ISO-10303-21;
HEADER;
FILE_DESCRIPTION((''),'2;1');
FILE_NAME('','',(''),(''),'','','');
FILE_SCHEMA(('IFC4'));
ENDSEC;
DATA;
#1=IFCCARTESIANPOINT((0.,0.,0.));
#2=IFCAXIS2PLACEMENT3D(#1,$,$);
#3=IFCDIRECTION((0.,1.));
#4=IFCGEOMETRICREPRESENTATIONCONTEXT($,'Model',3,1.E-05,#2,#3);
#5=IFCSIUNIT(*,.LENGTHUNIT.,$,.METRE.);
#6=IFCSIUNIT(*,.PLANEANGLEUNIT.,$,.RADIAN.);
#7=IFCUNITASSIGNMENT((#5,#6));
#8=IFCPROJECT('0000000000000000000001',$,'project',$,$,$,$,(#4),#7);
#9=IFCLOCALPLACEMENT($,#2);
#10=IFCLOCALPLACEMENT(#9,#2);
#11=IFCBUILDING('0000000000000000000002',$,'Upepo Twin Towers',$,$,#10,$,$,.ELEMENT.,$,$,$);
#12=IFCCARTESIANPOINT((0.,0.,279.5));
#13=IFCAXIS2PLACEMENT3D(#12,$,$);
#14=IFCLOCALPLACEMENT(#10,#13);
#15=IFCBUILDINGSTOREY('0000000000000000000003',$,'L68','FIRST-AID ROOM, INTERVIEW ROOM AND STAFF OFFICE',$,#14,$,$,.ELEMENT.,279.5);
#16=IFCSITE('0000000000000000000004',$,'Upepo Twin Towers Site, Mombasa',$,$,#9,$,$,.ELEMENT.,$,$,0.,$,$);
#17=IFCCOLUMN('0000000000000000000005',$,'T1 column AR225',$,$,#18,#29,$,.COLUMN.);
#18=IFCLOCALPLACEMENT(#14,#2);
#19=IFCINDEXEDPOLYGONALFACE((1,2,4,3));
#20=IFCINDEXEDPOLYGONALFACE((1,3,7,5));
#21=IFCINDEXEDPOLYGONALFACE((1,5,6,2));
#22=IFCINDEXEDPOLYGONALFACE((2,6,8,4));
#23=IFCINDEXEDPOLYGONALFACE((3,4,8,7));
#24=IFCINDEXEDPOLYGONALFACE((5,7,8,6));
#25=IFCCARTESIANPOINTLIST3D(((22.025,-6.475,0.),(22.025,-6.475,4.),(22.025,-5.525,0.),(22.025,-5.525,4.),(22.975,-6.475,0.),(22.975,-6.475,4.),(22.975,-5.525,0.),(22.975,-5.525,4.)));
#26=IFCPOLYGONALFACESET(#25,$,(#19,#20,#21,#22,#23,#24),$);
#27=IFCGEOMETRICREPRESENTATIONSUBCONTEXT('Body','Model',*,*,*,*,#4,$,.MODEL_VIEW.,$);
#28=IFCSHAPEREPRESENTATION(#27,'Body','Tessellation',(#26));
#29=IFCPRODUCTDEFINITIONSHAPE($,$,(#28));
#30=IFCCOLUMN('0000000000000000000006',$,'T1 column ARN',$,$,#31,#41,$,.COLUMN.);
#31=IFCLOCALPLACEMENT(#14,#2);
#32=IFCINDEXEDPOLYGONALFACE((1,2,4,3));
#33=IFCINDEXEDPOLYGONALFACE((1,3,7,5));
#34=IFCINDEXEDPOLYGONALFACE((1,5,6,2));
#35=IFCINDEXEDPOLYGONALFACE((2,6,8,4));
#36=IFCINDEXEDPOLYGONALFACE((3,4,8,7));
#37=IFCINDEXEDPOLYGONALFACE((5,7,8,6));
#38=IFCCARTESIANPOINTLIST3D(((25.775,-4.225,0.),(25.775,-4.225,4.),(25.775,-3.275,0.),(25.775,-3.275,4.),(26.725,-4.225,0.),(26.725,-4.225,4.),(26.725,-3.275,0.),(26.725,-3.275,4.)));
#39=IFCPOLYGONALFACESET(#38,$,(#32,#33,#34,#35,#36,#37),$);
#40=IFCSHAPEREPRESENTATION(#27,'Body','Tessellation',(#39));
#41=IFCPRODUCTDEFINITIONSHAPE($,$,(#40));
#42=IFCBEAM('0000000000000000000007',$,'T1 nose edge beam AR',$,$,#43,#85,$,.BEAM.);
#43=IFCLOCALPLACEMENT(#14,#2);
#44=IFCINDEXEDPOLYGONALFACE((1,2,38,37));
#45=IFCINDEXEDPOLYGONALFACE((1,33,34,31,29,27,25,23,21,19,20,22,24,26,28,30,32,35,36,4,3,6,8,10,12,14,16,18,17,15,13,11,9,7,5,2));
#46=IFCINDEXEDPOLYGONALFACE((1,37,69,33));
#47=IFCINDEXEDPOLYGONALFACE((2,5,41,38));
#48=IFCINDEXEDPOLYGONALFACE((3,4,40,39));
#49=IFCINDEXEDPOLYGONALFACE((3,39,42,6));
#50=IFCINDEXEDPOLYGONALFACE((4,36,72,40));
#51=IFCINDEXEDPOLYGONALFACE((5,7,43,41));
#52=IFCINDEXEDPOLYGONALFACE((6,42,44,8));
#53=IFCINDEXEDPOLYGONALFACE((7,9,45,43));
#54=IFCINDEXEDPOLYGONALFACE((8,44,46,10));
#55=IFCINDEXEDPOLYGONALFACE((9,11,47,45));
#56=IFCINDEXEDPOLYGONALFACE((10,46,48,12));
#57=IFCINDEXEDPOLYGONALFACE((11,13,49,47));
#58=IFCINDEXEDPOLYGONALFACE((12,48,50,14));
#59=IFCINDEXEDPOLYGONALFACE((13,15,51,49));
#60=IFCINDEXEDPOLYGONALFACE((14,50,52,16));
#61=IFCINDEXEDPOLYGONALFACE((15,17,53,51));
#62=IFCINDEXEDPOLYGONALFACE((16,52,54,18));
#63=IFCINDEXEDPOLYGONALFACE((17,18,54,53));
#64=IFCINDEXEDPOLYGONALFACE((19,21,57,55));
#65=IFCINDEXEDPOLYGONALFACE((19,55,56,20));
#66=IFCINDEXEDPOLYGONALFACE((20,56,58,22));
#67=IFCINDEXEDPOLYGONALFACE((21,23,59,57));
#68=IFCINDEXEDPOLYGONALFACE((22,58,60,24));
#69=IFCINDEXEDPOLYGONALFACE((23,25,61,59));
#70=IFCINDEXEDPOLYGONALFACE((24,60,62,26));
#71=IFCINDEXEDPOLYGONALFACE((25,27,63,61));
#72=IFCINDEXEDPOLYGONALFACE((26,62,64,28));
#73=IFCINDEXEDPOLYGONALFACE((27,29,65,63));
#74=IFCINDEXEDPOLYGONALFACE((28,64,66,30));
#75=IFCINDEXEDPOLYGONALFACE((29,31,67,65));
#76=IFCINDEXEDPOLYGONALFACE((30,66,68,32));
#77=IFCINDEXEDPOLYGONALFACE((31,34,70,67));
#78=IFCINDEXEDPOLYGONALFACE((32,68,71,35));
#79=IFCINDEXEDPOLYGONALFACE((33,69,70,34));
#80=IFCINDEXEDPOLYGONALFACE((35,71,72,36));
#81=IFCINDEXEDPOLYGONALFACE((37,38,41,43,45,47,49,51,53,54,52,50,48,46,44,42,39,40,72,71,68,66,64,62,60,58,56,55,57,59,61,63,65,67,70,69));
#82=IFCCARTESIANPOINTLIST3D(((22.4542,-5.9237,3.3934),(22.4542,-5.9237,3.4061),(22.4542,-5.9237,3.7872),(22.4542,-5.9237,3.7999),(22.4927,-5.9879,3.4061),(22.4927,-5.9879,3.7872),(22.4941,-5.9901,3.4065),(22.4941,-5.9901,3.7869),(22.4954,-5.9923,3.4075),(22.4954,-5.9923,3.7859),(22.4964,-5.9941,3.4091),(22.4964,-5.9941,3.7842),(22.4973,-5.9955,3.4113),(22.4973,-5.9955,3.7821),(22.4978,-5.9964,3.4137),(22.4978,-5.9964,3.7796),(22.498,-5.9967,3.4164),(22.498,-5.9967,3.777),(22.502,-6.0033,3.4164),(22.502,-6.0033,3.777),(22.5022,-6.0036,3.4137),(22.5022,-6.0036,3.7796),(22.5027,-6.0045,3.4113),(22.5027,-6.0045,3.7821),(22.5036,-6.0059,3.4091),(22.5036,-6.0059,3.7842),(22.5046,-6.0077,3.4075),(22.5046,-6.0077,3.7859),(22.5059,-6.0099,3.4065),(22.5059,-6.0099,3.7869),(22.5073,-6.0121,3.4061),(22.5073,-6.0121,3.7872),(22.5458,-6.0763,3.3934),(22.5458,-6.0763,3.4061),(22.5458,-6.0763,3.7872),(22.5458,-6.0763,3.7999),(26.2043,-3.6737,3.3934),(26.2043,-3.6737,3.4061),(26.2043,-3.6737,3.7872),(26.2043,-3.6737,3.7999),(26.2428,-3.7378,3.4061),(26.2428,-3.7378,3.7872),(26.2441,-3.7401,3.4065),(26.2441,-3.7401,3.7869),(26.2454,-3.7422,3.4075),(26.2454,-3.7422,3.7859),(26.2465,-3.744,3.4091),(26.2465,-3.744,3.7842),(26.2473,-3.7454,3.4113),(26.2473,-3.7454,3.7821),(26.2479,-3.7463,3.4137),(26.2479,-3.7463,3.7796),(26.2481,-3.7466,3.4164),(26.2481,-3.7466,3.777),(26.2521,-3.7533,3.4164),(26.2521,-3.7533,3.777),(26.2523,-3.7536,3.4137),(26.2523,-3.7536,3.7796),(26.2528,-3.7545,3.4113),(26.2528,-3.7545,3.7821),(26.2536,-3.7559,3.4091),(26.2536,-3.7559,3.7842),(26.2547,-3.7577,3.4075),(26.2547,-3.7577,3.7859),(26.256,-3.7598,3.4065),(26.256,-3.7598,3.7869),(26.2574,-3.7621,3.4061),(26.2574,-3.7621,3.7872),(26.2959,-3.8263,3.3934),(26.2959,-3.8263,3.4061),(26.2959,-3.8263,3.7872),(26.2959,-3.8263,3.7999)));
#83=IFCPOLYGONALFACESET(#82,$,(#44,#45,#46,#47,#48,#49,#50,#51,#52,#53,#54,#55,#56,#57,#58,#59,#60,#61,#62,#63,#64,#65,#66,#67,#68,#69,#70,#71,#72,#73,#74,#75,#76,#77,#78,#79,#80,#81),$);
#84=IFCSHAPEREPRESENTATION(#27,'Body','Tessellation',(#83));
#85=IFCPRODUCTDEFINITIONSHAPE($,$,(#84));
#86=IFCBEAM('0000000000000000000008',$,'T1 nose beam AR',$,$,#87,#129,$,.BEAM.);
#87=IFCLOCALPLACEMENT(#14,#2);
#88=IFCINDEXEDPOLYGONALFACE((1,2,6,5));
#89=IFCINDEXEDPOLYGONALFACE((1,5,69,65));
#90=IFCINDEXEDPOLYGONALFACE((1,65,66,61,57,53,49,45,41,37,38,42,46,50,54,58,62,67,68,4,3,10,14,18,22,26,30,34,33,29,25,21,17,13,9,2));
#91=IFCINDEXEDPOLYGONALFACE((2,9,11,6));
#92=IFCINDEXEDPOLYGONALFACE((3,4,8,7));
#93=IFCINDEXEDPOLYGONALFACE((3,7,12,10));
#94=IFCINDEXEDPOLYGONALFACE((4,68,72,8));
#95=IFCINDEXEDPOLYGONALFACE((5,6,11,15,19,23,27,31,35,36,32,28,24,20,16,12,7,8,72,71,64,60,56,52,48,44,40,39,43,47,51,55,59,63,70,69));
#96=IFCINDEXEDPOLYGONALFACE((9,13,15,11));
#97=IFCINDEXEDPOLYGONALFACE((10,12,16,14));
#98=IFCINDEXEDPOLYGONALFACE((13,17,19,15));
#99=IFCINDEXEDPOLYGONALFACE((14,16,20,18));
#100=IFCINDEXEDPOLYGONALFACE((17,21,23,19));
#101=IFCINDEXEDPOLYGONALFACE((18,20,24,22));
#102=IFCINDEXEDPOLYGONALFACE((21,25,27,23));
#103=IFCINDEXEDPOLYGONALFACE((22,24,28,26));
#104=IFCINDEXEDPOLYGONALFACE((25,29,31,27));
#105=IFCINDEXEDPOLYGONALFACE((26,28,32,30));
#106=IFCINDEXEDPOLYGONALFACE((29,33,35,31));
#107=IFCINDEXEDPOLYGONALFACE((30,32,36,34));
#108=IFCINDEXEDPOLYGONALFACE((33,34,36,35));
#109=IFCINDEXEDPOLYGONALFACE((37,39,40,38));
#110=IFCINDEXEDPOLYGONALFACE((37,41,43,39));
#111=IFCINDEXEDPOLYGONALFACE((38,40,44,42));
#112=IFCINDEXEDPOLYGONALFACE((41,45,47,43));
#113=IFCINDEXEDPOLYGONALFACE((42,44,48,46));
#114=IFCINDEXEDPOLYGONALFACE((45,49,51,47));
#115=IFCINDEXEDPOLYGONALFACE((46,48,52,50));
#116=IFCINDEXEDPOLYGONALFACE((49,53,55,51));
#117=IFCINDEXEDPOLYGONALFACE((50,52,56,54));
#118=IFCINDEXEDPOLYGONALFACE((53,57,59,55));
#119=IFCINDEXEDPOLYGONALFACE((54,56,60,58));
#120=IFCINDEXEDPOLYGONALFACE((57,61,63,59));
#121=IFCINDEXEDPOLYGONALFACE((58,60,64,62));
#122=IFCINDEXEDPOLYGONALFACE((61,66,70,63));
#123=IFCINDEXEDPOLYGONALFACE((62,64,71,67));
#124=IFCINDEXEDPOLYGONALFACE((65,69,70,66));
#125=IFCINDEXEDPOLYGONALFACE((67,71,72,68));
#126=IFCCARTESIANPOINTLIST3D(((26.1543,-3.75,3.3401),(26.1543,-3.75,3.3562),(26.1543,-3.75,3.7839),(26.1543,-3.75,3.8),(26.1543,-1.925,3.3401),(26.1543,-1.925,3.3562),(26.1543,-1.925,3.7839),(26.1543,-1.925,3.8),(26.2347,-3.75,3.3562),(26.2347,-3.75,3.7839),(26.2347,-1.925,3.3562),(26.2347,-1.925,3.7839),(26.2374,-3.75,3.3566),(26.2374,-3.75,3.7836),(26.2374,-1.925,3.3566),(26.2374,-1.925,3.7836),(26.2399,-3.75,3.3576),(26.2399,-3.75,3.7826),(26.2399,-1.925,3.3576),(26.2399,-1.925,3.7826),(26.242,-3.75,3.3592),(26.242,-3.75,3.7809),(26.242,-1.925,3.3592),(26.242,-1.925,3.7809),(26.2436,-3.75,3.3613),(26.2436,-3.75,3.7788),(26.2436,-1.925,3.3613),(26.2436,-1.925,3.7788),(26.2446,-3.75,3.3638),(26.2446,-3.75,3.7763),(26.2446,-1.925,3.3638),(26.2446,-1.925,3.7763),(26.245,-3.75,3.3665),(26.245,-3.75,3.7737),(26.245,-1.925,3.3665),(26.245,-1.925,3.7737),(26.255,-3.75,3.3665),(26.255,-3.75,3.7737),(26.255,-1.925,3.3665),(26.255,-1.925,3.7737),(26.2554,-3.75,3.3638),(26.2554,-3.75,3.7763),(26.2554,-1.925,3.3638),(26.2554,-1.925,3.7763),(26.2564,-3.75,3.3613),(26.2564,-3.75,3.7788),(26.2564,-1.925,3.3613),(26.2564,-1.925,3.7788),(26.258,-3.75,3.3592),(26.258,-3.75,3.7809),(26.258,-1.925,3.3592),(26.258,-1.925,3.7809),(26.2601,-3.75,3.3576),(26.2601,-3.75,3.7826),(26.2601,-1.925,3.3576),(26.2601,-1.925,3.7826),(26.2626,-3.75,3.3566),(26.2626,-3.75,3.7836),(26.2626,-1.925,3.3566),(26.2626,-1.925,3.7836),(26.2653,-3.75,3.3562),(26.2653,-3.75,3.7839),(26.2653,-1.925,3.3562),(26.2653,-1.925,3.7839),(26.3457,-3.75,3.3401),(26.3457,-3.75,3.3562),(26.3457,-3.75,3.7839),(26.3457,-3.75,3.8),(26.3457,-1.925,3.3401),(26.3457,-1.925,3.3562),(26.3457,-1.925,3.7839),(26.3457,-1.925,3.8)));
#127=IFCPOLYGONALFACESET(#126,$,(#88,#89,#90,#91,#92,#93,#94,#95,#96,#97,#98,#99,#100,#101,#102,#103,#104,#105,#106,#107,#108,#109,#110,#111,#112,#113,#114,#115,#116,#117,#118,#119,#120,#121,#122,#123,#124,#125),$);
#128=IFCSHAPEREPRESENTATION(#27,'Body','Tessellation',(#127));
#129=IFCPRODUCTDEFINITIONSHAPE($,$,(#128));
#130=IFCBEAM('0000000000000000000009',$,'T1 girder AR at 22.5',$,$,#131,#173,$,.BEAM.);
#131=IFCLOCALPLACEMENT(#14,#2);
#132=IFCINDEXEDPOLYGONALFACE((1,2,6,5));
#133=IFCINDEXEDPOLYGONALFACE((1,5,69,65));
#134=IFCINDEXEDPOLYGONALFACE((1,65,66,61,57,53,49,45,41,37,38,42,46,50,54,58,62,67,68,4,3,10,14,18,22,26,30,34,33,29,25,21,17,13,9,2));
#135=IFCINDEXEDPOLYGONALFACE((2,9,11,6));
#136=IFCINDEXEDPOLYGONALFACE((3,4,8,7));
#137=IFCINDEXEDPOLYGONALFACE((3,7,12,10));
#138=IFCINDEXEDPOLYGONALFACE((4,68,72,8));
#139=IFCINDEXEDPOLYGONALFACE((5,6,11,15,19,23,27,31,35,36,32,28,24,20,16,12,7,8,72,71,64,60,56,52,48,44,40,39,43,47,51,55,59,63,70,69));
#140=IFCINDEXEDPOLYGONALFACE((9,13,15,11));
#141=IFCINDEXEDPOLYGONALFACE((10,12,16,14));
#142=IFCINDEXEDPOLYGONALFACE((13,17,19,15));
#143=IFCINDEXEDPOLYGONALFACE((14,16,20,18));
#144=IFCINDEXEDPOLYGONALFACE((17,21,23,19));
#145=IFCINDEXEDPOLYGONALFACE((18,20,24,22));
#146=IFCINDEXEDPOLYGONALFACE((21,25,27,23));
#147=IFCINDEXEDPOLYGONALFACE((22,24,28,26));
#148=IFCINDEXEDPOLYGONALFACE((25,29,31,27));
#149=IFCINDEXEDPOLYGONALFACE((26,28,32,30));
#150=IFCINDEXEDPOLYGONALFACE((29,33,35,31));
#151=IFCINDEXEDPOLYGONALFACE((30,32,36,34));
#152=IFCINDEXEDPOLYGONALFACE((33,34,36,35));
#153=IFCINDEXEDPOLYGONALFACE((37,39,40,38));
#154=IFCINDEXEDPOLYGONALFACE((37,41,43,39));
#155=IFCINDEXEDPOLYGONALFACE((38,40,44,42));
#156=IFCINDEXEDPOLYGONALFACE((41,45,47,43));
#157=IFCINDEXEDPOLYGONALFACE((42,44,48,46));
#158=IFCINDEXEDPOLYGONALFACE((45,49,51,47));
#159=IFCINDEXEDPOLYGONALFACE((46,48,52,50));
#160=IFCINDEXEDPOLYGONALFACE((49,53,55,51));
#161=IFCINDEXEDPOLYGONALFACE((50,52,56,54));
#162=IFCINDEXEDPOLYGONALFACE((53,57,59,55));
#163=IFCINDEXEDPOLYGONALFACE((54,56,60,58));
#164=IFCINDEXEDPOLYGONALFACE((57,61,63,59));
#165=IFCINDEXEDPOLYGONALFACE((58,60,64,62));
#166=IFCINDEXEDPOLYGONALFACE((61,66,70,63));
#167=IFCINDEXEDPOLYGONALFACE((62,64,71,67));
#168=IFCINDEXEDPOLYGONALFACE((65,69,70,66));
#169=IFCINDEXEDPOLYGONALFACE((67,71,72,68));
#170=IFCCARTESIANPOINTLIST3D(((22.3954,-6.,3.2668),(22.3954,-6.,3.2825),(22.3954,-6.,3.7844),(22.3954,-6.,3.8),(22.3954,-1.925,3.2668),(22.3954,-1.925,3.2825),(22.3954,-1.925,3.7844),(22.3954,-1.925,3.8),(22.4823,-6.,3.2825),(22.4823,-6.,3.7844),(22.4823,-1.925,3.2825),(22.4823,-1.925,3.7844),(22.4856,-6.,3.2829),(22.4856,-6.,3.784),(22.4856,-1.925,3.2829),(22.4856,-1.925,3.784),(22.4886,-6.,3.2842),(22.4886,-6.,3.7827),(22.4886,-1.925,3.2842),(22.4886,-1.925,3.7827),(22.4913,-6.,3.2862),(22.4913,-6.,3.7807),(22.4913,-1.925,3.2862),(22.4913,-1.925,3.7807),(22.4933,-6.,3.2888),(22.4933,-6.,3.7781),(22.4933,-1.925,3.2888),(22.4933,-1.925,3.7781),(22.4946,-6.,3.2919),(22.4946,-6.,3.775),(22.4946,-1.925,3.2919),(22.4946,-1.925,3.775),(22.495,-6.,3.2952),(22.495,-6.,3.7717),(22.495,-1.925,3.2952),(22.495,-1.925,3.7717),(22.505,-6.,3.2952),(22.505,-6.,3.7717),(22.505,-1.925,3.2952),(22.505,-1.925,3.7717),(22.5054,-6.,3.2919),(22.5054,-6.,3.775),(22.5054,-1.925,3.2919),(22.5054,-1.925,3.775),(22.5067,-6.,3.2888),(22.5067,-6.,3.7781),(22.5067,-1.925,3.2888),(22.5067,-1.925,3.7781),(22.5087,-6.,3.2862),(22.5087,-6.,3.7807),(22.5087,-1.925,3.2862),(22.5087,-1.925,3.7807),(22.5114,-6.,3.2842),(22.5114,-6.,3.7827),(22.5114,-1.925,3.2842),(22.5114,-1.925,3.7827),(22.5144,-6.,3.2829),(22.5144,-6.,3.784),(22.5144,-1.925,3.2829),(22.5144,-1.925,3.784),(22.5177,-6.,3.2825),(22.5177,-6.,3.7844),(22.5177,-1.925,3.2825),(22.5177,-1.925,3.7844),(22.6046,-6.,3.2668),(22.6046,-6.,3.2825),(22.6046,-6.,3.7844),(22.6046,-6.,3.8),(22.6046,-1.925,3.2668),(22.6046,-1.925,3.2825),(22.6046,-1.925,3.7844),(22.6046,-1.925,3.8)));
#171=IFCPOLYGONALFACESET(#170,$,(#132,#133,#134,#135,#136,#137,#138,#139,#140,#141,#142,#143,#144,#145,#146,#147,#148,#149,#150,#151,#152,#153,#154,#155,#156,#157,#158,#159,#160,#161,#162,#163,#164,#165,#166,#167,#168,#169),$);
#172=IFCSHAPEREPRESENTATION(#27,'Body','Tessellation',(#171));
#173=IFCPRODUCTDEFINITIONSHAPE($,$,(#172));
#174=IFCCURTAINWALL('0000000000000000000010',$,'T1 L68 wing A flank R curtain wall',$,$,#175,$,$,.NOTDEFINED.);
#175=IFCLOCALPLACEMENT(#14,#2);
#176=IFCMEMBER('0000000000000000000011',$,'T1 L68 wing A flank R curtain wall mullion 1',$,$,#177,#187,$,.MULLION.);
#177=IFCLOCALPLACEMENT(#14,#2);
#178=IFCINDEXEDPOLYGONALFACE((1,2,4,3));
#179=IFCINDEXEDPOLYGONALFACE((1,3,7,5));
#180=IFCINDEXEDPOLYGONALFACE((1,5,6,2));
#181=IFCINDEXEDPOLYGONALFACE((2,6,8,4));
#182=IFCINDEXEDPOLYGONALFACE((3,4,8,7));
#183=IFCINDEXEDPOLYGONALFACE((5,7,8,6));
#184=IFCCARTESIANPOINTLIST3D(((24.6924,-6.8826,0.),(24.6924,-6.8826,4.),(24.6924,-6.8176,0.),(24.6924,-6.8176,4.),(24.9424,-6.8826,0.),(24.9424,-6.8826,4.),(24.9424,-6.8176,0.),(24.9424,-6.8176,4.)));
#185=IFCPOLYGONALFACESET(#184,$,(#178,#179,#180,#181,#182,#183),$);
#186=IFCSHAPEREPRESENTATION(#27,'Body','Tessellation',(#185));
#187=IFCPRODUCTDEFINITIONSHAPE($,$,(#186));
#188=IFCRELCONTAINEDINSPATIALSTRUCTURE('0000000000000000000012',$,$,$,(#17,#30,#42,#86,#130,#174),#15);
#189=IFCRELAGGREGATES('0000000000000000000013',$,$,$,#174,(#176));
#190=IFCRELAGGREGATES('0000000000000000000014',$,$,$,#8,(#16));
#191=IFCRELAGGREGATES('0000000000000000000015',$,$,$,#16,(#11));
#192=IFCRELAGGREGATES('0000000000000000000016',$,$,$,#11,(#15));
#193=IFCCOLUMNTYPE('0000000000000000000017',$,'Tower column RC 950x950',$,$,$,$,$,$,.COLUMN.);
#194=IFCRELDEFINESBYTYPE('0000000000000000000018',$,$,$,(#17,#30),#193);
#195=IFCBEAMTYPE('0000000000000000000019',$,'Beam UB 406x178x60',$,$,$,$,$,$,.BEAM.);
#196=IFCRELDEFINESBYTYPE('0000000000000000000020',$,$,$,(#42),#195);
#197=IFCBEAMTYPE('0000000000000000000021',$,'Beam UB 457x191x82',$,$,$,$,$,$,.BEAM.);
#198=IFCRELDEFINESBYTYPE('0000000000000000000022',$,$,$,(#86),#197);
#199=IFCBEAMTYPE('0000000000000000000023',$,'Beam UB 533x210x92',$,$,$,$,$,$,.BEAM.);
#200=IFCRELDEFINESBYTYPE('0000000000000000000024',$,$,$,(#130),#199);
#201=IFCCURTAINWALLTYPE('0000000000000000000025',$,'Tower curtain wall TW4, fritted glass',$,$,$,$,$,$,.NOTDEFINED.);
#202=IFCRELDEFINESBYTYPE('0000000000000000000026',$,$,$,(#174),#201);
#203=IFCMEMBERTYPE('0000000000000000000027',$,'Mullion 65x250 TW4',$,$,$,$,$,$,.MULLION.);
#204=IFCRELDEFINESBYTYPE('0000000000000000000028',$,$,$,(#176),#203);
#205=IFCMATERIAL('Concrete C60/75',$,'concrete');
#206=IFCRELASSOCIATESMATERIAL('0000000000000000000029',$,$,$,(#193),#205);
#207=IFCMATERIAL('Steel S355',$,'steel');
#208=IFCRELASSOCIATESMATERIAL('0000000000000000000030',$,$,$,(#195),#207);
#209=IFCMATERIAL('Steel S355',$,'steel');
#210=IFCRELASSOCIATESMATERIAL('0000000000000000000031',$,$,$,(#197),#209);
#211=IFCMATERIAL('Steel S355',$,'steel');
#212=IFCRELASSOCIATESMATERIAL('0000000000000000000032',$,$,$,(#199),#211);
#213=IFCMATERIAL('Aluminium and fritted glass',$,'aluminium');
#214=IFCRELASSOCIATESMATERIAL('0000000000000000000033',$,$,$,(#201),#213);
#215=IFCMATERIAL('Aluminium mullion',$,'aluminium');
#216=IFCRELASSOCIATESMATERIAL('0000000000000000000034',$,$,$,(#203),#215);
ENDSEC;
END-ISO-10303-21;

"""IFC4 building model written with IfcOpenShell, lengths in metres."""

from ifc_helpers import new_model, si_unit, direction, frame, origin, origin_2d, place, context, subcontext, project, spatial, rectangle, i_section, extrude, material, material_profile, profile_set, type_object, element, aggregate, save


model = new_model("IFC4")

# Units and contexts
model_context = context("Model", 3, precision=1e-05, world=origin(), true_north=direction((0.0, 1.0)))
body_context = subcontext(model_context, "Body", "Model", "MODEL_VIEW")
ifc_project = project(units=[si_unit("LENGTHUNIT", "METRE"), si_unit("PLANEANGLEUNIT", "RADIAN")], contexts=[model_context])

# Site, building, storey
site_placement = place(None, origin())
site = spatial("IfcSite", under=ifc_project, at=site_placement, Name="Upepo Twin Towers Site, Mombasa", CompositionType="ELEMENT", RefElevation=0.0)
building_placement = place(site_placement, origin())
building = spatial("IfcBuilding", under=site, at=building_placement, Name="Upepo Twin Towers", CompositionType="ELEMENT")
storey_placement = place(building_placement, frame((0.0, 0.0, 279.5)))
storey = spatial("IfcBuildingStorey", under=building, at=storey_placement, Name="L68", Description="FIRST-AID ROOM, INTERVIEW ROOM AND STAFF OFFICE", CompositionType="ELEMENT", Elevation=279.5)

# Columns
ifc_material_1 = material(Name="Concrete C60/75", Category="concrete")
ifc_material_profile_1 = material_profile(ifc_material_1, rectangle(XDim=0.95, YDim=0.95, at=origin_2d()), Name="RC 950x950")
ifc_profile_set_1 = profile_set([ifc_material_profile_1], Name="Concrete C60/75")
column_type = type_object("IfcColumnType", Name="Tower column RC 950x950", PredefinedType="COLUMN", material=ifc_profile_set_1)
for number, where, z_axis, x_axis, name in (
    (1, (22.5, -6.0, 0.0), (0.0, 0.0, 1.0), (1.0, 0.0, 0.0), "T1 column AR225"),
    (2, (26.25, -3.75, 0.0), (0.0, 0.0, 1.0), (1.0, 0.0, 0.0), "T1 column ARN"),
):
    element("IfcColumn", number, at=place(storey_placement, frame(where, z_axis=z_axis, x_axis=x_axis)), inside=storey, type_object=column_type, Name=name, PredefinedType="COLUMN", context=body_context, shape_type="SweptSolid", body=[
        extrude(rectangle(XDim=0.95, YDim=0.95, at=origin_2d()), origin(), (0.0, 0.0, 1.0), 4.0),
    ])

# Beams
ifc_material_2 = material(Name="Steel S355", Category="steel")
ifc_material_profile_2 = material_profile(ifc_material_2, i_section(OverallWidth=0.178, OverallDepth=0.4065, WebThickness=0.0078, FlangeThickness=0.0127, FilletRadius=0.0103, at=origin_2d()), Name="UB 406x178x60")
ifc_profile_set_2 = profile_set([ifc_material_profile_2], Name="Steel S355")
beam_type_1 = type_object("IfcBeamType", Name="Beam UB 406x178x60", PredefinedType="BEAM", material=ifc_profile_set_2)
beam_1_placement = place(storey_placement, frame((22.5, -6.0, 3.5967), z_axis=(0.857493, 0.514496, 0.0), x_axis=(-0.514496, 0.857493, 0.0)))
element("IfcBeam", 3, at=beam_1_placement, inside=storey, type_object=beam_type_1, Name="T1 nose edge beam AR", PredefinedType="BEAM", context=body_context, shape_type="SweptSolid", body=[
    extrude(i_section(OverallWidth=0.178, OverallDepth=0.4065, WebThickness=0.0078, FlangeThickness=0.0127, FilletRadius=0.0103, at=origin_2d()), origin(), (0.0, 0.0, 1.0), 4.3733),
])
ifc_material_3 = material(Name="Steel S355", Category="steel")
ifc_material_profile_3 = material_profile(ifc_material_3, i_section(OverallWidth=0.1914, OverallDepth=0.46, WebThickness=0.01, FlangeThickness=0.0161, FilletRadius=0.0103, at=origin_2d()), Name="UB 457x191x82")
ifc_profile_set_3 = profile_set([ifc_material_profile_3], Name="Steel S355")
beam_type_2 = type_object("IfcBeamType", Name="Beam UB 457x191x82", PredefinedType="BEAM", material=ifc_profile_set_3)
beam_2_placement = place(storey_placement, frame((26.25, -3.75, 3.5701), z_axis=(0.0, 1.0, 0.0), x_axis=(-1.0, 0.0, 0.0)))
element("IfcBeam", 4, at=beam_2_placement, inside=storey, type_object=beam_type_2, Name="T1 nose beam AR", PredefinedType="BEAM", context=body_context, shape_type="SweptSolid", body=[
    extrude(i_section(OverallWidth=0.1914, OverallDepth=0.46, WebThickness=0.01, FlangeThickness=0.0161, FilletRadius=0.0103, at=origin_2d()), origin(), (0.0, 0.0, 1.0), 1.825),
])
ifc_material_4 = material(Name="Steel S355", Category="steel")
ifc_material_profile_4 = material_profile(ifc_material_4, i_section(OverallWidth=0.2092, OverallDepth=0.5332, WebThickness=0.01, FlangeThickness=0.0156, FilletRadius=0.0127, at=origin_2d()), Name="UB 533x210x92")
ifc_profile_set_4 = profile_set([ifc_material_profile_4], Name="Steel S355")
beam_type_3 = type_object("IfcBeamType", Name="Beam UB 533x210x92", PredefinedType="BEAM", material=ifc_profile_set_4)
beam_3_placement = place(storey_placement, frame((22.5, -6.0, 3.5334), z_axis=(0.0, 1.0, 0.0), x_axis=(-1.0, 0.0, 0.0)))
element("IfcBeam", 5, at=beam_3_placement, inside=storey, type_object=beam_type_3, Name="T1 girder AR at 22.5", PredefinedType="BEAM", context=body_context, shape_type="SweptSolid", body=[
    extrude(i_section(OverallWidth=0.2092, OverallDepth=0.5332, WebThickness=0.01, FlangeThickness=0.0156, FilletRadius=0.0127, at=origin_2d()), origin(), (0.0, 0.0, 1.0), 4.075),
])

# Curtain wall, member
ifc_material_5 = material(Name="Aluminium and fritted glass", Category="aluminium")
curtain_wall_type = type_object("IfcCurtainWallType", Name="Tower curtain wall TW4, fritted glass", PredefinedType="NOTDEFINED", material=ifc_material_5)
curtain_wall_1_placement = place(storey_placement, origin())
curtain_wall_1 = element("IfcCurtainWall", 6, at=curtain_wall_1_placement, inside=storey, type_object=curtain_wall_type, Name="T1 L68 wing A flank R curtain wall", PredefinedType="NOTDEFINED")
ifc_material_6 = material(Name="Aluminium mullion", Category="aluminium")
ifc_material_profile_5 = material_profile(ifc_material_6, rectangle(XDim=0.0649, YDim=0.25, at=origin_2d()), Name="MULLION 65x250")
ifc_profile_set_5 = profile_set([ifc_material_profile_5], Name="Aluminium mullion")
member_type_1 = type_object("IfcMemberType", Name="Mullion 65x250 TW4", PredefinedType="MULLION", material=ifc_profile_set_5)
member_1_placement = place(storey_placement, frame((24.8174, -6.8501, 0.0), z_axis=(0.0, 0.0, 1.0), x_axis=(0.0, -1.0, 0.0)))
member_1 = element("IfcMember", 7, at=member_1_placement, type_object=member_type_1, Name="T1 L68 wing A flank R curtain wall mullion 1", PredefinedType="MULLION", context=body_context, shape_type="SweptSolid", body=[
    extrude(rectangle(XDim=0.0649, YDim=0.25, at=origin_2d()), origin(), (0.0, 0.0, 1.0), 4.0),
])

aggregate(curtain_wall_1, [member_1])

save(model, "model.ifc")
